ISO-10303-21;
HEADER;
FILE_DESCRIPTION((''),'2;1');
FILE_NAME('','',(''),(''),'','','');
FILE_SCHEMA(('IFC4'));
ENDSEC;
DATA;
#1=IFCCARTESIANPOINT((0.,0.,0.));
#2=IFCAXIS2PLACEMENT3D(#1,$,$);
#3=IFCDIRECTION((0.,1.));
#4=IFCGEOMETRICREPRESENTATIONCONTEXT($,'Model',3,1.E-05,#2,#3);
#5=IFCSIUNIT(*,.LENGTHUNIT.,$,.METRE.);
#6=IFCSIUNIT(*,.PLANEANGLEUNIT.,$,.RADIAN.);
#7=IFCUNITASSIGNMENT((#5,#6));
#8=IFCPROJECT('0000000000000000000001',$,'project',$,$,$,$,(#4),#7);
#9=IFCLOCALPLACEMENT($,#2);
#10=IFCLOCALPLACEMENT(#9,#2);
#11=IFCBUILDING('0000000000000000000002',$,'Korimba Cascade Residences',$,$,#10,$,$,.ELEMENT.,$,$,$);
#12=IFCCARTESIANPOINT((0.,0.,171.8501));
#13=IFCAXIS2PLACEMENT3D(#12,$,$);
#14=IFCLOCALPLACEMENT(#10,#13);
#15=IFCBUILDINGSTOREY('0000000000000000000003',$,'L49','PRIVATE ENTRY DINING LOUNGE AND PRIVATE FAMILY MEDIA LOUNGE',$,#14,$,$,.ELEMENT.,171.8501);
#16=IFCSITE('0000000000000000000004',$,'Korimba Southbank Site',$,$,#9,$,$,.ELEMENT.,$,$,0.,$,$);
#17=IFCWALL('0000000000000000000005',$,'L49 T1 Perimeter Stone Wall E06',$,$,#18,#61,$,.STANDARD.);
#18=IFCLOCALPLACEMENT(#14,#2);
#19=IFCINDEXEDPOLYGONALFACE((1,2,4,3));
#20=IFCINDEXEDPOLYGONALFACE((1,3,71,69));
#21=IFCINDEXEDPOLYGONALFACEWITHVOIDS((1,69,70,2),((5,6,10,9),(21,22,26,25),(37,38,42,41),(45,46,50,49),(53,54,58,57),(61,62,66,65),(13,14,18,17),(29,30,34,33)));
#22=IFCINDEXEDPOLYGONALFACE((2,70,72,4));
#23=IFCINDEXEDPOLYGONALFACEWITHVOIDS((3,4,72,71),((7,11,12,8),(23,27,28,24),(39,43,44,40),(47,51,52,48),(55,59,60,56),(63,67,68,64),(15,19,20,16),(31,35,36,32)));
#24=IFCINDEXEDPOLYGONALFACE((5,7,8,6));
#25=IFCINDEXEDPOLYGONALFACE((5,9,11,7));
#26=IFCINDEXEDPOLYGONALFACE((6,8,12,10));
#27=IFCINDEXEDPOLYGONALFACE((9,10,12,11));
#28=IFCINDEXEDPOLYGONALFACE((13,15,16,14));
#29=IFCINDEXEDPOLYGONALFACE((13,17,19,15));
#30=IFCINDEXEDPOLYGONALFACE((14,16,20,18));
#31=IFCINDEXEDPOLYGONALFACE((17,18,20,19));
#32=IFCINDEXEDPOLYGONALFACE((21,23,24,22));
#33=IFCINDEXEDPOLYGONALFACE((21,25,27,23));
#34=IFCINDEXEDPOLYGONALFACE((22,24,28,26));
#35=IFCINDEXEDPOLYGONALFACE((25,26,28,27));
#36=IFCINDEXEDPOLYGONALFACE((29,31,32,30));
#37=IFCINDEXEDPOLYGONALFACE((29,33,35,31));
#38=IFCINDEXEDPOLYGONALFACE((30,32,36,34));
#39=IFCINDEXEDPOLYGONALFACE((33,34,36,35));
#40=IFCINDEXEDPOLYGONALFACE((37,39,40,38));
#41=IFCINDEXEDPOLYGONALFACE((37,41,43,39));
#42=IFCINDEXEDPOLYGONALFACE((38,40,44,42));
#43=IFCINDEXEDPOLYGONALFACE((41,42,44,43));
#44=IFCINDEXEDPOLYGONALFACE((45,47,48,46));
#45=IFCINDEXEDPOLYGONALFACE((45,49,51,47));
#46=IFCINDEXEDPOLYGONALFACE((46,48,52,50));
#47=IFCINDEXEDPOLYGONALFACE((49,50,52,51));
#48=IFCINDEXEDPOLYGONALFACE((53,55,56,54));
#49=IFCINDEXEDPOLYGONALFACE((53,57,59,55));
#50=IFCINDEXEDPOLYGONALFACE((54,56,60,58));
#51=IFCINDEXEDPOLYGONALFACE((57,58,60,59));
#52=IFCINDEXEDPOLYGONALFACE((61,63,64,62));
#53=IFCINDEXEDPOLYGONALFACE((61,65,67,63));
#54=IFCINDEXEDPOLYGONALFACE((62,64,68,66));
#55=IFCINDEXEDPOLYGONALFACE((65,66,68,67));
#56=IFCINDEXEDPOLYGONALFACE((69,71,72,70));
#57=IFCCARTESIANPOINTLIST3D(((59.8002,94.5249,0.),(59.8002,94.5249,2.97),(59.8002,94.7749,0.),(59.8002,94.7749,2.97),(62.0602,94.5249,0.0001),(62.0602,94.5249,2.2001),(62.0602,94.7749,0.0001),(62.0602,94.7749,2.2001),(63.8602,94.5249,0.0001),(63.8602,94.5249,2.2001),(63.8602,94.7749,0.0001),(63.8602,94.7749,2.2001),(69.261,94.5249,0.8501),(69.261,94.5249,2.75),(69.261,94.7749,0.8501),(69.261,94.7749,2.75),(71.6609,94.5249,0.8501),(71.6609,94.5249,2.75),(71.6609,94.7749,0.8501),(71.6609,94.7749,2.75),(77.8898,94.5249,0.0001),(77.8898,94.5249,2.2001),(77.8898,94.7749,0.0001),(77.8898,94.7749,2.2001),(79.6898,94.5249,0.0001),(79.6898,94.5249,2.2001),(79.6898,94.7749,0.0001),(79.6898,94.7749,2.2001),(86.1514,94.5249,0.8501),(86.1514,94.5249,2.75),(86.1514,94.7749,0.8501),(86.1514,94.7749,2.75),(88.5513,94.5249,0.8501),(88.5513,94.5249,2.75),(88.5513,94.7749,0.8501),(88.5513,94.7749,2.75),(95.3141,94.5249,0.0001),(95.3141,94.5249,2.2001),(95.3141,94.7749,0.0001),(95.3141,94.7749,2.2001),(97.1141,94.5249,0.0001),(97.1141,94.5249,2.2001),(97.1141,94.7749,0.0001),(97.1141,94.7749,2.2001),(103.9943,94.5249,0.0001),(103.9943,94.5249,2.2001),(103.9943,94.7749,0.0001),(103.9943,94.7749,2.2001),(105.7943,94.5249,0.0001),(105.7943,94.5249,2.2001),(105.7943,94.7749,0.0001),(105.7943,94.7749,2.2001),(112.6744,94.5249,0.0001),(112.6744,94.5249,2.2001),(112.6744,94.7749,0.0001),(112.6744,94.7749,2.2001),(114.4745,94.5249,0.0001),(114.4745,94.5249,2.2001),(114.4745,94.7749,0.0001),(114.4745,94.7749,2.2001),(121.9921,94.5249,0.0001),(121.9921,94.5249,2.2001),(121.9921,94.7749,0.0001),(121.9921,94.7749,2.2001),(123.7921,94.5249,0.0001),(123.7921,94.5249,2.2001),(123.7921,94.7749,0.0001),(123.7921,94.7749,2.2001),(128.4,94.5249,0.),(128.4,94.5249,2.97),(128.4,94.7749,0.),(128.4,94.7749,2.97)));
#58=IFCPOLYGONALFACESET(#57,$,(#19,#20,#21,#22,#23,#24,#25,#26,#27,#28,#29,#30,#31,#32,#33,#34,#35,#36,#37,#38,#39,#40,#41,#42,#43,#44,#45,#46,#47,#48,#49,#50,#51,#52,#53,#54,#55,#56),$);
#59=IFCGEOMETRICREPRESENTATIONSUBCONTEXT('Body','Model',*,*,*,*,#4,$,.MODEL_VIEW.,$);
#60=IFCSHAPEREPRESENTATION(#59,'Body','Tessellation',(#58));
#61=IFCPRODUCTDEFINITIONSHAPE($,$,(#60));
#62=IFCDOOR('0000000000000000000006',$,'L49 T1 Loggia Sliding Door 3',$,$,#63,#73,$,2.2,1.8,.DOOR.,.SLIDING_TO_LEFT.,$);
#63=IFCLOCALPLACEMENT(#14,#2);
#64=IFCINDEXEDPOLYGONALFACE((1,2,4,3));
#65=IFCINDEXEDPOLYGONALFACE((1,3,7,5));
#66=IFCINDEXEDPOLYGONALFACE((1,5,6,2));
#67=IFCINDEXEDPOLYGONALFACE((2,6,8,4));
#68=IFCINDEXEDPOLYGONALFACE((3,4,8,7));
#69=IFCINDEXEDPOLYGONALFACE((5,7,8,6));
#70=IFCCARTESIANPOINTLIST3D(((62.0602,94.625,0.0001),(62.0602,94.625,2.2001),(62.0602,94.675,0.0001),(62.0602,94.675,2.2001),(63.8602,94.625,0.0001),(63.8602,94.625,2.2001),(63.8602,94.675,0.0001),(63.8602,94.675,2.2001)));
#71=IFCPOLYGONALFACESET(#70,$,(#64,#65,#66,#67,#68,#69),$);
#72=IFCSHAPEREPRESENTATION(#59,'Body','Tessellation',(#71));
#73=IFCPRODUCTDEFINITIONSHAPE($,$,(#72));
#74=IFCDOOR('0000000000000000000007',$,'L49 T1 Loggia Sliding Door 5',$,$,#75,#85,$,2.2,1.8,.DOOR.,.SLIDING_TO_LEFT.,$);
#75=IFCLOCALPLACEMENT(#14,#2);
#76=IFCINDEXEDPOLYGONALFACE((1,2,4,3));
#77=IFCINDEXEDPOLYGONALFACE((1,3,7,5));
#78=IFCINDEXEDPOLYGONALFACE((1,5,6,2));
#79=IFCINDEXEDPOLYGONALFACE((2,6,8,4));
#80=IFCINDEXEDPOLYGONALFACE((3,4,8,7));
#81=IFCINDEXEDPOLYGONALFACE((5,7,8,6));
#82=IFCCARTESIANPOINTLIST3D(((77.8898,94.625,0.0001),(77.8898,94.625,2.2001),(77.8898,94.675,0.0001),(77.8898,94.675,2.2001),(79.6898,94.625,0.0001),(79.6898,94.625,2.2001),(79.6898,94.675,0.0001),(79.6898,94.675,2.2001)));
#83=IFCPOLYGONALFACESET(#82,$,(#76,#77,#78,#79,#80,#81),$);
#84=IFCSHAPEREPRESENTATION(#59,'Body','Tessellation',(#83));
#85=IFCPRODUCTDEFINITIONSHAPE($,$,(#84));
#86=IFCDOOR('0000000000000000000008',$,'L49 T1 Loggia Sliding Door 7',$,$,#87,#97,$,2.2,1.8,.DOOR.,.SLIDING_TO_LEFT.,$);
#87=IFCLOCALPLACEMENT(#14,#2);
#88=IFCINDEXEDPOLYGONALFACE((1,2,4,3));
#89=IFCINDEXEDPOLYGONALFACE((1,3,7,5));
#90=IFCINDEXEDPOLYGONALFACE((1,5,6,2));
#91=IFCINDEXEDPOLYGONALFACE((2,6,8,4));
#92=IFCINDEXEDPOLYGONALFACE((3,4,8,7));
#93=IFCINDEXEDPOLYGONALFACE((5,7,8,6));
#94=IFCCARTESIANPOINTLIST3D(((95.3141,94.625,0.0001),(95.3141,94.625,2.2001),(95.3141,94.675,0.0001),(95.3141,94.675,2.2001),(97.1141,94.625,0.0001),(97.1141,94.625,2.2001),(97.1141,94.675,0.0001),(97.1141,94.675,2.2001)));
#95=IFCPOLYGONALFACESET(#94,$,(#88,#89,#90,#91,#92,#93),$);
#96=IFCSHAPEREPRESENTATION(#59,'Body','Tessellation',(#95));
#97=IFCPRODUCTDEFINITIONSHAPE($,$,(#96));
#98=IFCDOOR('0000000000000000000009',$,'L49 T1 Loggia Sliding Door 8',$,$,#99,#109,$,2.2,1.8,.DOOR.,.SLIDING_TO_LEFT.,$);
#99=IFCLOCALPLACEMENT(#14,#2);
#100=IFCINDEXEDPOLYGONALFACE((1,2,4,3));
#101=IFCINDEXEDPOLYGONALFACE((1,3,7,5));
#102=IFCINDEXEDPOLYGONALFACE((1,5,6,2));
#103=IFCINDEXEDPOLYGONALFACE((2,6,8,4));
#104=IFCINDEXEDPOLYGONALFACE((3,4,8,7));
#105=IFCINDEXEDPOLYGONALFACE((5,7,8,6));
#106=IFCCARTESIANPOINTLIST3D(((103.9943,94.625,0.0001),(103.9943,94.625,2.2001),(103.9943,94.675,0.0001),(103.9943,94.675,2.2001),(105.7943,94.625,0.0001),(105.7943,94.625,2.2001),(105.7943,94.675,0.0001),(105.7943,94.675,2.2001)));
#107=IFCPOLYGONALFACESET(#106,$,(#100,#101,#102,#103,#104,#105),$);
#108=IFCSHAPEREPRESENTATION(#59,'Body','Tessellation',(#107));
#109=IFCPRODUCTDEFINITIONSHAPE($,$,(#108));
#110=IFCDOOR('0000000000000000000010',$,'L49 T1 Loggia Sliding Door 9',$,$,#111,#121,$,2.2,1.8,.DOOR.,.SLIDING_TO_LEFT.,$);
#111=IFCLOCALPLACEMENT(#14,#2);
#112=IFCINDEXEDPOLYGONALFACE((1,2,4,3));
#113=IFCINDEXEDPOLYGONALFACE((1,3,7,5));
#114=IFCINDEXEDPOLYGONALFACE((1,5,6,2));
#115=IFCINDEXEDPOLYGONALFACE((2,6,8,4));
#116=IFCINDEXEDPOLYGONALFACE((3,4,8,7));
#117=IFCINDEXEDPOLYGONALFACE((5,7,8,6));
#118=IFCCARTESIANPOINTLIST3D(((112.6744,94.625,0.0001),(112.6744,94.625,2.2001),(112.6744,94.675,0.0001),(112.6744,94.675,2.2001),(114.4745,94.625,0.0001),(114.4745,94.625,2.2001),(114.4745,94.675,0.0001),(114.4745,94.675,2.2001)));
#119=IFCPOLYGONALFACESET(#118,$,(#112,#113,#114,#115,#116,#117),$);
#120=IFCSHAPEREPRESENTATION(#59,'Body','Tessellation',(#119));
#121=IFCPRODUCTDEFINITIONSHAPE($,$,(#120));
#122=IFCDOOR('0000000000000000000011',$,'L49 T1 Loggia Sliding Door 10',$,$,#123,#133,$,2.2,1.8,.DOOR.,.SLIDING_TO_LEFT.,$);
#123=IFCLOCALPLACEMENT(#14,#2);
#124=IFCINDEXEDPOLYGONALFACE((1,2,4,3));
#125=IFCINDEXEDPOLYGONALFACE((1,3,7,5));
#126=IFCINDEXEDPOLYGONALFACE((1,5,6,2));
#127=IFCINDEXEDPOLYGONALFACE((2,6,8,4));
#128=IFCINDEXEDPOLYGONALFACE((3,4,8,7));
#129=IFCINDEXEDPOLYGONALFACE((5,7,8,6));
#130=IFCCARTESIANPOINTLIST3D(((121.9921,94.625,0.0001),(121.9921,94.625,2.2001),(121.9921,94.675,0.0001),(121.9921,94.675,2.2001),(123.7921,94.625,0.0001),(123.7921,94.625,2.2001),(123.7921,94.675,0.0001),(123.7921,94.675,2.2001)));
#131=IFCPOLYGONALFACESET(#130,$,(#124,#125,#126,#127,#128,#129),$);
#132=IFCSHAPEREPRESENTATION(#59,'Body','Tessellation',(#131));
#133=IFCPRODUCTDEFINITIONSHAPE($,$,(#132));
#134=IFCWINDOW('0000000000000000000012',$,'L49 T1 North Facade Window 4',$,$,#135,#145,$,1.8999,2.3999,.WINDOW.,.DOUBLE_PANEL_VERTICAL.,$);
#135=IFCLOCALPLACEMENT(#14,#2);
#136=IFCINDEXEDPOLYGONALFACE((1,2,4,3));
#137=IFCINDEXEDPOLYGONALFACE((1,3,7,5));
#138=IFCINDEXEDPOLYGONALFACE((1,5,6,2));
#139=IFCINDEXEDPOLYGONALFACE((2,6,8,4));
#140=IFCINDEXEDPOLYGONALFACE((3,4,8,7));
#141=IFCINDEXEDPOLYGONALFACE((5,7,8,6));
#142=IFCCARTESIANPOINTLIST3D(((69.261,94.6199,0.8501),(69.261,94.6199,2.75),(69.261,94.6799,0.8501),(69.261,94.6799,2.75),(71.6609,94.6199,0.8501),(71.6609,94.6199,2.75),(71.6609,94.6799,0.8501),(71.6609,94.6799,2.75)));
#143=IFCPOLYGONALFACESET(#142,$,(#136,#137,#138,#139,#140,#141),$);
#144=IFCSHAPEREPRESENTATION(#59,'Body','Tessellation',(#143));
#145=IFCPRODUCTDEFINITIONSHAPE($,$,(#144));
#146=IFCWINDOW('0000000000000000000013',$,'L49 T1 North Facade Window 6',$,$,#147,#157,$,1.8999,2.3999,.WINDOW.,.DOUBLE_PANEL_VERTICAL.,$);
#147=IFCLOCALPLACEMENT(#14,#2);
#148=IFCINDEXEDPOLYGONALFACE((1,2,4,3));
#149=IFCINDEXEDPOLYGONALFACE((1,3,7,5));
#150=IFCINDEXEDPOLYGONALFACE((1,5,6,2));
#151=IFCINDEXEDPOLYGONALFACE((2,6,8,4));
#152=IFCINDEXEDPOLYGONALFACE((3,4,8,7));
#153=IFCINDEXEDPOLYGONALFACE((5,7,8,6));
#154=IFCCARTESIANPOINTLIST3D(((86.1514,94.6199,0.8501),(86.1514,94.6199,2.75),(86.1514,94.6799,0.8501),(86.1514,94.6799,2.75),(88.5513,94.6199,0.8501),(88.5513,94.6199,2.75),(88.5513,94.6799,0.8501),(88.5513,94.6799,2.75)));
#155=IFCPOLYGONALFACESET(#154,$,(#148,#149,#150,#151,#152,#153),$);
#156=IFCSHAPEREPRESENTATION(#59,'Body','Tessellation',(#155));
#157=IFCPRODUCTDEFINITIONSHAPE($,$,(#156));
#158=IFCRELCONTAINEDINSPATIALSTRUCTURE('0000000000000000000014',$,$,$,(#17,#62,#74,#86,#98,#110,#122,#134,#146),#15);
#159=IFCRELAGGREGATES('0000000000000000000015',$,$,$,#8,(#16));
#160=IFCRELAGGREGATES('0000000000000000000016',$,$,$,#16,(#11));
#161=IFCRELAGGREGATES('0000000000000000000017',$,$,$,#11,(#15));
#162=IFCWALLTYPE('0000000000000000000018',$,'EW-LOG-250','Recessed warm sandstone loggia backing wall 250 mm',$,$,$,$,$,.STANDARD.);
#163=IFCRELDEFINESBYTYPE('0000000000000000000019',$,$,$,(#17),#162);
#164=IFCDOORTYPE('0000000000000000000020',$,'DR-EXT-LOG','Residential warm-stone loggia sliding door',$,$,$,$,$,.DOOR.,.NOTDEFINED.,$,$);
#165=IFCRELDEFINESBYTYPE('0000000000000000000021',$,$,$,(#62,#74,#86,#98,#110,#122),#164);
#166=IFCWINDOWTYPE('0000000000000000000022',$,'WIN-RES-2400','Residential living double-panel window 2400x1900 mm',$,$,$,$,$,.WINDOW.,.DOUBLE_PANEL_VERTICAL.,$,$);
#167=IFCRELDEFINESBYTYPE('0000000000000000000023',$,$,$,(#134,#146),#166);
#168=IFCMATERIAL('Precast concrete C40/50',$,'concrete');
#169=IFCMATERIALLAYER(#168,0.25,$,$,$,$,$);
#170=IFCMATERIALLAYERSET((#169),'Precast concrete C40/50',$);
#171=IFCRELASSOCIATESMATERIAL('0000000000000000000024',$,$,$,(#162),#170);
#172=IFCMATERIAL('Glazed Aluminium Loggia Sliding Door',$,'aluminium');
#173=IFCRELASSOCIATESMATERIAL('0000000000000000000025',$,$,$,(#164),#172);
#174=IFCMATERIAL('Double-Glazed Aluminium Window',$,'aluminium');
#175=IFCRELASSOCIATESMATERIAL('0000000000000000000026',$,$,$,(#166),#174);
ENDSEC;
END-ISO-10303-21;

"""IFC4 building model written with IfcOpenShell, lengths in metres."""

from ifc_helpers import new_model, si_unit, direction, frame, frame_2d, origin, place, context, subcontext, project, spatial, rectangle, extrude, material, layer, layer_set, type_object, element, fill, save


model = new_model("IFC4")

# Units and contexts
model_context = context("Model", 3, precision=1e-05, world=origin(), true_north=direction((0.0, 1.0)))
body_context = subcontext(model_context, "Body", "Model", "MODEL_VIEW")
ifc_project = project(units=[si_unit("LENGTHUNIT", "METRE"), si_unit("PLANEANGLEUNIT", "RADIAN")], contexts=[model_context])

# Site, building, storey
site_placement = place(None, origin())
site = spatial("IfcSite", under=ifc_project, at=site_placement, Name="Korimba Southbank Site", CompositionType="ELEMENT", RefElevation=0.0)
building_placement = place(site_placement, origin())
building = spatial("IfcBuilding", under=site, at=building_placement, Name="Korimba Cascade Residences", CompositionType="ELEMENT")
storey_placement = place(building_placement, frame((0.0, 0.0, 171.8501)))
storey = spatial("IfcBuildingStorey", under=building, at=storey_placement, Name="L49", Description="PRIVATE ENTRY DINING LOUNGE AND PRIVATE FAMILY MEDIA LOUNGE", CompositionType="ELEMENT", Elevation=171.8501)

# Wall, openings, doors, windows
ifc_material_1 = material(Name="Precast concrete C40/50", Category="concrete")
ifc_layer_1 = layer(ifc_material_1, 0.25)
ifc_layer_set_1 = layer_set([ifc_layer_1], Name="Precast concrete C40/50")
wall_type_1 = type_object("IfcWallType", Name="EW-LOG-250", Description="Recessed warm sandstone loggia backing wall 250 mm", PredefinedType="STANDARD", material=ifc_layer_set_1)
wall_1_placement = place(storey_placement, frame((128.3999, 94.6499, 0.0), z_axis=(0.0, 0.0, 1.0), x_axis=(-1.0, 0.0, 0.0)))
wall_1 = element("IfcWall", 1, at=wall_1_placement, inside=storey, type_object=wall_type_1, Name="L49 T1 Perimeter Stone Wall E06", PredefinedType="STANDARD", context=body_context, shape_type="SweptSolid", body=[
    extrude(rectangle(XDim=68.5999, YDim=0.25, at=frame_2d((34.2998, 0.0))), origin(), (0.0, 0.0, 1.0), 2.97),
])
opening_1_placement = place(wall_1_placement, frame((64.5398, 0.0, 0.0)))
opening_1 = element("IfcOpeningElement", 2, at=opening_1_placement, cuts=wall_1, PredefinedType="OPENING", context=body_context, shape_type="SweptSolid", body=[
    extrude(rectangle(XDim=1.8, YDim=2.2, at=frame_2d((0.8999, 1.1001))), frame((0.0, 0.135, 0.0), z_axis=(0.0, -1.0, 0.0), x_axis=(1.0, 0.0, 0.0)), (0.0, 0.0, 1.0), 0.27),
])
opening_2_placement = place(wall_1_placement, frame((56.739, 0.0, 0.8501)))
opening_2 = element("IfcOpeningElement", 3, at=opening_2_placement, cuts=wall_1, PredefinedType="OPENING", context=body_context, shape_type="SweptSolid", body=[
    extrude(rectangle(XDim=2.3999, YDim=1.8999, at=frame_2d((1.2, 0.95))), frame((0.0, 0.135, 0.0), z_axis=(0.0, -1.0, 0.0), x_axis=(1.0, 0.0, 0.0)), (0.0, 0.0, 1.0), 0.27),
])
opening_3_placement = place(wall_1_placement, frame((48.7102, 0.0, 0.0)))
opening_3 = element("IfcOpeningElement", 4, at=opening_3_placement, cuts=wall_1, PredefinedType="OPENING", context=body_context, shape_type="SweptSolid", body=[
    extrude(rectangle(XDim=1.8, YDim=2.2, at=frame_2d((0.8999, 1.1001))), frame((0.0, 0.135, 0.0), z_axis=(0.0, -1.0, 0.0), x_axis=(1.0, 0.0, 0.0)), (0.0, 0.0, 1.0), 0.27),
])
opening_4_placement = place(wall_1_placement, frame((39.8486, 0.0, 0.8501)))
opening_4 = element("IfcOpeningElement", 5, at=opening_4_placement, cuts=wall_1, PredefinedType="OPENING", context=body_context, shape_type="SweptSolid", body=[
    extrude(rectangle(XDim=2.3999, YDim=1.8999, at=frame_2d((1.2, 0.95))), frame((0.0, 0.135, 0.0), z_axis=(0.0, -1.0, 0.0), x_axis=(1.0, 0.0, 0.0)), (0.0, 0.0, 1.0), 0.27),
])
opening_5_placement = place(wall_1_placement, frame((31.2859, 0.0, 0.0)))
opening_5 = element("IfcOpeningElement", 6, at=opening_5_placement, cuts=wall_1, PredefinedType="OPENING", context=body_context, shape_type="SweptSolid", body=[
    extrude(rectangle(XDim=1.8, YDim=2.2, at=frame_2d((0.8999, 1.1001))), frame((0.0, 0.135, 0.0), z_axis=(0.0, -1.0, 0.0), x_axis=(1.0, 0.0, 0.0)), (0.0, 0.0, 1.0), 0.27),
])
opening_6_placement = place(wall_1_placement, frame((22.6057, 0.0, 0.0)))
opening_6 = element("IfcOpeningElement", 7, at=opening_6_placement, cuts=wall_1, PredefinedType="OPENING", context=body_context, shape_type="SweptSolid", body=[
    extrude(rectangle(XDim=1.8, YDim=2.2, at=frame_2d((0.8999, 1.1001))), frame((0.0, 0.135, 0.0), z_axis=(0.0, -1.0, 0.0), x_axis=(1.0, 0.0, 0.0)), (0.0, 0.0, 1.0), 0.27),
])
opening_7_placement = place(wall_1_placement, frame((13.9255, 0.0, 0.0)))
opening_7 = element("IfcOpeningElement", 8, at=opening_7_placement, cuts=wall_1, PredefinedType="OPENING", context=body_context, shape_type="SweptSolid", body=[
    extrude(rectangle(XDim=1.8, YDim=2.2, at=frame_2d((0.8999, 1.1001))), frame((0.0, 0.135, 0.0), z_axis=(0.0, -1.0, 0.0), x_axis=(1.0, 0.0, 0.0)), (0.0, 0.0, 1.0), 0.27),
])
opening_8_placement = place(wall_1_placement, frame((4.6079, 0.0, 0.0)))
opening_8 = element("IfcOpeningElement", 9, at=opening_8_placement, cuts=wall_1, PredefinedType="OPENING", context=body_context, shape_type="SweptSolid", body=[
    extrude(rectangle(XDim=1.8, YDim=2.2, at=frame_2d((0.8999, 1.1001))), frame((0.0, 0.135, 0.0), z_axis=(0.0, -1.0, 0.0), x_axis=(1.0, 0.0, 0.0)), (0.0, 0.0, 1.0), 0.27),
])
ifc_material_2 = material(Name="Glazed Aluminium Loggia Sliding Door", Category="aluminium")
door_type_1 = type_object("IfcDoorType", Name="DR-EXT-LOG", Description="Residential warm-stone loggia sliding door", OperationType="NOTDEFINED", PredefinedType="DOOR", material=ifc_material_2)
door_1_placement = place(opening_1_placement, origin())
door_1 = element("IfcDoor", 10, at=door_1_placement, inside=storey, type_object=door_type_1, Name="L49 T1 Loggia Sliding Door 3", OperationType="SLIDING_TO_LEFT", OverallHeight=2.2, OverallWidth=1.8, PredefinedType="DOOR", context=body_context, shape_type="SweptSolid", body=[
    extrude(rectangle(XDim=1.8, YDim=2.2, at=frame_2d((0.8999, 1.1001))), frame((0.0, 0.0249, 0.0), z_axis=(0.0, -1.0, 0.0), x_axis=(1.0, 0.0, 0.0)), (0.0, 0.0, 1.0), 0.05),
])
fill(opening_1, door_1)
door_2_placement = place(opening_3_placement, origin())
door_2 = element("IfcDoor", 11, at=door_2_placement, inside=storey, type_object=door_type_1, Name="L49 T1 Loggia Sliding Door 5", OperationType="SLIDING_TO_LEFT", OverallHeight=2.2, OverallWidth=1.8, PredefinedType="DOOR", context=body_context, shape_type="SweptSolid", body=[
    extrude(rectangle(XDim=1.8, YDim=2.2, at=frame_2d((0.8999, 1.1001))), frame((0.0, 0.0249, 0.0), z_axis=(0.0, -1.0, 0.0), x_axis=(1.0, 0.0, 0.0)), (0.0, 0.0, 1.0), 0.05),
])
fill(opening_3, door_2)
door_3_placement = place(opening_5_placement, origin())
door_3 = element("IfcDoor", 12, at=door_3_placement, inside=storey, type_object=door_type_1, Name="L49 T1 Loggia Sliding Door 7", OperationType="SLIDING_TO_LEFT", OverallHeight=2.2, OverallWidth=1.8, PredefinedType="DOOR", context=body_context, shape_type="SweptSolid", body=[
    extrude(rectangle(XDim=1.8, YDim=2.2, at=frame_2d((0.8999, 1.1001))), frame((0.0, 0.0249, 0.0), z_axis=(0.0, -1.0, 0.0), x_axis=(1.0, 0.0, 0.0)), (0.0, 0.0, 1.0), 0.05),
])
fill(opening_5, door_3)
door_4_placement = place(opening_6_placement, origin())
door_4 = element("IfcDoor", 13, at=door_4_placement, inside=storey, type_object=door_type_1, Name="L49 T1 Loggia Sliding Door 8", OperationType="SLIDING_TO_LEFT", OverallHeight=2.2, OverallWidth=1.8, PredefinedType="DOOR", context=body_context, shape_type="SweptSolid", body=[
    extrude(rectangle(XDim=1.8, YDim=2.2, at=frame_2d((0.8999, 1.1001))), frame((0.0, 0.0249, 0.0), z_axis=(0.0, -1.0, 0.0), x_axis=(1.0, 0.0, 0.0)), (0.0, 0.0, 1.0), 0.05),
])
fill(opening_6, door_4)
door_5_placement = place(opening_7_placement, origin())
door_5 = element("IfcDoor", 14, at=door_5_placement, inside=storey, type_object=door_type_1, Name="L49 T1 Loggia Sliding Door 9", OperationType="SLIDING_TO_LEFT", OverallHeight=2.2, OverallWidth=1.8, PredefinedType="DOOR", context=body_context, shape_type="SweptSolid", body=[
    extrude(rectangle(XDim=1.8, YDim=2.2, at=frame_2d((0.8999, 1.1001))), frame((0.0, 0.0249, 0.0), z_axis=(0.0, -1.0, 0.0), x_axis=(1.0, 0.0, 0.0)), (0.0, 0.0, 1.0), 0.05),
])
fill(opening_7, door_5)
door_6_placement = place(opening_8_placement, origin())
door_6 = element("IfcDoor", 15, at=door_6_placement, inside=storey, type_object=door_type_1, Name="L49 T1 Loggia Sliding Door 10", OperationType="SLIDING_TO_LEFT", OverallHeight=2.2, OverallWidth=1.8, PredefinedType="DOOR", context=body_context, shape_type="SweptSolid", body=[
    extrude(rectangle(XDim=1.8, YDim=2.2, at=frame_2d((0.8999, 1.1001))), frame((0.0, 0.0249, 0.0), z_axis=(0.0, -1.0, 0.0), x_axis=(1.0, 0.0, 0.0)), (0.0, 0.0, 1.0), 0.05),
])
fill(opening_8, door_6)
ifc_material_3 = material(Name="Double-Glazed Aluminium Window", Category="aluminium")
window_type = type_object("IfcWindowType", Name="WIN-RES-2400", Description="Residential living double-panel window 2400x1900 mm", PartitioningType="DOUBLE_PANEL_VERTICAL", PredefinedType="WINDOW", material=ifc_material_3)
window_1_placement = place(opening_2_placement, origin())
window_1 = element("IfcWindow", 16, at=window_1_placement, inside=storey, type_object=window_type, Name="L49 T1 North Facade Window 4", OverallHeight=1.8999, OverallWidth=2.3999, PartitioningType="DOUBLE_PANEL_VERTICAL", PredefinedType="WINDOW", context=body_context, shape_type="SweptSolid", body=[
    extrude(rectangle(XDim=2.3999, YDim=1.8999, at=frame_2d((1.2, 0.95))), frame((0.0, 0.03, 0.0), z_axis=(0.0, -1.0, 0.0), x_axis=(1.0, 0.0, 0.0)), (0.0, 0.0, 1.0), 0.0601),
])
fill(opening_2, window_1)
window_2_placement = place(opening_4_placement, origin())
window_2 = element("IfcWindow", 17, at=window_2_placement, inside=storey, type_object=window_type, Name="L49 T1 North Facade Window 6", OverallHeight=1.8999, OverallWidth=2.3999, PartitioningType="DOUBLE_PANEL_VERTICAL", PredefinedType="WINDOW", context=body_context, shape_type="SweptSolid", body=[
    extrude(rectangle(XDim=2.3999, YDim=1.8999, at=frame_2d((1.2, 0.95))), frame((0.0, 0.03, 0.0), z_axis=(0.0, -1.0, 0.0), x_axis=(1.0, 0.0, 0.0)), (0.0, 0.0, 1.0), 0.0601),
])
fill(opening_4, window_2)

save(model, "model.ifc")
